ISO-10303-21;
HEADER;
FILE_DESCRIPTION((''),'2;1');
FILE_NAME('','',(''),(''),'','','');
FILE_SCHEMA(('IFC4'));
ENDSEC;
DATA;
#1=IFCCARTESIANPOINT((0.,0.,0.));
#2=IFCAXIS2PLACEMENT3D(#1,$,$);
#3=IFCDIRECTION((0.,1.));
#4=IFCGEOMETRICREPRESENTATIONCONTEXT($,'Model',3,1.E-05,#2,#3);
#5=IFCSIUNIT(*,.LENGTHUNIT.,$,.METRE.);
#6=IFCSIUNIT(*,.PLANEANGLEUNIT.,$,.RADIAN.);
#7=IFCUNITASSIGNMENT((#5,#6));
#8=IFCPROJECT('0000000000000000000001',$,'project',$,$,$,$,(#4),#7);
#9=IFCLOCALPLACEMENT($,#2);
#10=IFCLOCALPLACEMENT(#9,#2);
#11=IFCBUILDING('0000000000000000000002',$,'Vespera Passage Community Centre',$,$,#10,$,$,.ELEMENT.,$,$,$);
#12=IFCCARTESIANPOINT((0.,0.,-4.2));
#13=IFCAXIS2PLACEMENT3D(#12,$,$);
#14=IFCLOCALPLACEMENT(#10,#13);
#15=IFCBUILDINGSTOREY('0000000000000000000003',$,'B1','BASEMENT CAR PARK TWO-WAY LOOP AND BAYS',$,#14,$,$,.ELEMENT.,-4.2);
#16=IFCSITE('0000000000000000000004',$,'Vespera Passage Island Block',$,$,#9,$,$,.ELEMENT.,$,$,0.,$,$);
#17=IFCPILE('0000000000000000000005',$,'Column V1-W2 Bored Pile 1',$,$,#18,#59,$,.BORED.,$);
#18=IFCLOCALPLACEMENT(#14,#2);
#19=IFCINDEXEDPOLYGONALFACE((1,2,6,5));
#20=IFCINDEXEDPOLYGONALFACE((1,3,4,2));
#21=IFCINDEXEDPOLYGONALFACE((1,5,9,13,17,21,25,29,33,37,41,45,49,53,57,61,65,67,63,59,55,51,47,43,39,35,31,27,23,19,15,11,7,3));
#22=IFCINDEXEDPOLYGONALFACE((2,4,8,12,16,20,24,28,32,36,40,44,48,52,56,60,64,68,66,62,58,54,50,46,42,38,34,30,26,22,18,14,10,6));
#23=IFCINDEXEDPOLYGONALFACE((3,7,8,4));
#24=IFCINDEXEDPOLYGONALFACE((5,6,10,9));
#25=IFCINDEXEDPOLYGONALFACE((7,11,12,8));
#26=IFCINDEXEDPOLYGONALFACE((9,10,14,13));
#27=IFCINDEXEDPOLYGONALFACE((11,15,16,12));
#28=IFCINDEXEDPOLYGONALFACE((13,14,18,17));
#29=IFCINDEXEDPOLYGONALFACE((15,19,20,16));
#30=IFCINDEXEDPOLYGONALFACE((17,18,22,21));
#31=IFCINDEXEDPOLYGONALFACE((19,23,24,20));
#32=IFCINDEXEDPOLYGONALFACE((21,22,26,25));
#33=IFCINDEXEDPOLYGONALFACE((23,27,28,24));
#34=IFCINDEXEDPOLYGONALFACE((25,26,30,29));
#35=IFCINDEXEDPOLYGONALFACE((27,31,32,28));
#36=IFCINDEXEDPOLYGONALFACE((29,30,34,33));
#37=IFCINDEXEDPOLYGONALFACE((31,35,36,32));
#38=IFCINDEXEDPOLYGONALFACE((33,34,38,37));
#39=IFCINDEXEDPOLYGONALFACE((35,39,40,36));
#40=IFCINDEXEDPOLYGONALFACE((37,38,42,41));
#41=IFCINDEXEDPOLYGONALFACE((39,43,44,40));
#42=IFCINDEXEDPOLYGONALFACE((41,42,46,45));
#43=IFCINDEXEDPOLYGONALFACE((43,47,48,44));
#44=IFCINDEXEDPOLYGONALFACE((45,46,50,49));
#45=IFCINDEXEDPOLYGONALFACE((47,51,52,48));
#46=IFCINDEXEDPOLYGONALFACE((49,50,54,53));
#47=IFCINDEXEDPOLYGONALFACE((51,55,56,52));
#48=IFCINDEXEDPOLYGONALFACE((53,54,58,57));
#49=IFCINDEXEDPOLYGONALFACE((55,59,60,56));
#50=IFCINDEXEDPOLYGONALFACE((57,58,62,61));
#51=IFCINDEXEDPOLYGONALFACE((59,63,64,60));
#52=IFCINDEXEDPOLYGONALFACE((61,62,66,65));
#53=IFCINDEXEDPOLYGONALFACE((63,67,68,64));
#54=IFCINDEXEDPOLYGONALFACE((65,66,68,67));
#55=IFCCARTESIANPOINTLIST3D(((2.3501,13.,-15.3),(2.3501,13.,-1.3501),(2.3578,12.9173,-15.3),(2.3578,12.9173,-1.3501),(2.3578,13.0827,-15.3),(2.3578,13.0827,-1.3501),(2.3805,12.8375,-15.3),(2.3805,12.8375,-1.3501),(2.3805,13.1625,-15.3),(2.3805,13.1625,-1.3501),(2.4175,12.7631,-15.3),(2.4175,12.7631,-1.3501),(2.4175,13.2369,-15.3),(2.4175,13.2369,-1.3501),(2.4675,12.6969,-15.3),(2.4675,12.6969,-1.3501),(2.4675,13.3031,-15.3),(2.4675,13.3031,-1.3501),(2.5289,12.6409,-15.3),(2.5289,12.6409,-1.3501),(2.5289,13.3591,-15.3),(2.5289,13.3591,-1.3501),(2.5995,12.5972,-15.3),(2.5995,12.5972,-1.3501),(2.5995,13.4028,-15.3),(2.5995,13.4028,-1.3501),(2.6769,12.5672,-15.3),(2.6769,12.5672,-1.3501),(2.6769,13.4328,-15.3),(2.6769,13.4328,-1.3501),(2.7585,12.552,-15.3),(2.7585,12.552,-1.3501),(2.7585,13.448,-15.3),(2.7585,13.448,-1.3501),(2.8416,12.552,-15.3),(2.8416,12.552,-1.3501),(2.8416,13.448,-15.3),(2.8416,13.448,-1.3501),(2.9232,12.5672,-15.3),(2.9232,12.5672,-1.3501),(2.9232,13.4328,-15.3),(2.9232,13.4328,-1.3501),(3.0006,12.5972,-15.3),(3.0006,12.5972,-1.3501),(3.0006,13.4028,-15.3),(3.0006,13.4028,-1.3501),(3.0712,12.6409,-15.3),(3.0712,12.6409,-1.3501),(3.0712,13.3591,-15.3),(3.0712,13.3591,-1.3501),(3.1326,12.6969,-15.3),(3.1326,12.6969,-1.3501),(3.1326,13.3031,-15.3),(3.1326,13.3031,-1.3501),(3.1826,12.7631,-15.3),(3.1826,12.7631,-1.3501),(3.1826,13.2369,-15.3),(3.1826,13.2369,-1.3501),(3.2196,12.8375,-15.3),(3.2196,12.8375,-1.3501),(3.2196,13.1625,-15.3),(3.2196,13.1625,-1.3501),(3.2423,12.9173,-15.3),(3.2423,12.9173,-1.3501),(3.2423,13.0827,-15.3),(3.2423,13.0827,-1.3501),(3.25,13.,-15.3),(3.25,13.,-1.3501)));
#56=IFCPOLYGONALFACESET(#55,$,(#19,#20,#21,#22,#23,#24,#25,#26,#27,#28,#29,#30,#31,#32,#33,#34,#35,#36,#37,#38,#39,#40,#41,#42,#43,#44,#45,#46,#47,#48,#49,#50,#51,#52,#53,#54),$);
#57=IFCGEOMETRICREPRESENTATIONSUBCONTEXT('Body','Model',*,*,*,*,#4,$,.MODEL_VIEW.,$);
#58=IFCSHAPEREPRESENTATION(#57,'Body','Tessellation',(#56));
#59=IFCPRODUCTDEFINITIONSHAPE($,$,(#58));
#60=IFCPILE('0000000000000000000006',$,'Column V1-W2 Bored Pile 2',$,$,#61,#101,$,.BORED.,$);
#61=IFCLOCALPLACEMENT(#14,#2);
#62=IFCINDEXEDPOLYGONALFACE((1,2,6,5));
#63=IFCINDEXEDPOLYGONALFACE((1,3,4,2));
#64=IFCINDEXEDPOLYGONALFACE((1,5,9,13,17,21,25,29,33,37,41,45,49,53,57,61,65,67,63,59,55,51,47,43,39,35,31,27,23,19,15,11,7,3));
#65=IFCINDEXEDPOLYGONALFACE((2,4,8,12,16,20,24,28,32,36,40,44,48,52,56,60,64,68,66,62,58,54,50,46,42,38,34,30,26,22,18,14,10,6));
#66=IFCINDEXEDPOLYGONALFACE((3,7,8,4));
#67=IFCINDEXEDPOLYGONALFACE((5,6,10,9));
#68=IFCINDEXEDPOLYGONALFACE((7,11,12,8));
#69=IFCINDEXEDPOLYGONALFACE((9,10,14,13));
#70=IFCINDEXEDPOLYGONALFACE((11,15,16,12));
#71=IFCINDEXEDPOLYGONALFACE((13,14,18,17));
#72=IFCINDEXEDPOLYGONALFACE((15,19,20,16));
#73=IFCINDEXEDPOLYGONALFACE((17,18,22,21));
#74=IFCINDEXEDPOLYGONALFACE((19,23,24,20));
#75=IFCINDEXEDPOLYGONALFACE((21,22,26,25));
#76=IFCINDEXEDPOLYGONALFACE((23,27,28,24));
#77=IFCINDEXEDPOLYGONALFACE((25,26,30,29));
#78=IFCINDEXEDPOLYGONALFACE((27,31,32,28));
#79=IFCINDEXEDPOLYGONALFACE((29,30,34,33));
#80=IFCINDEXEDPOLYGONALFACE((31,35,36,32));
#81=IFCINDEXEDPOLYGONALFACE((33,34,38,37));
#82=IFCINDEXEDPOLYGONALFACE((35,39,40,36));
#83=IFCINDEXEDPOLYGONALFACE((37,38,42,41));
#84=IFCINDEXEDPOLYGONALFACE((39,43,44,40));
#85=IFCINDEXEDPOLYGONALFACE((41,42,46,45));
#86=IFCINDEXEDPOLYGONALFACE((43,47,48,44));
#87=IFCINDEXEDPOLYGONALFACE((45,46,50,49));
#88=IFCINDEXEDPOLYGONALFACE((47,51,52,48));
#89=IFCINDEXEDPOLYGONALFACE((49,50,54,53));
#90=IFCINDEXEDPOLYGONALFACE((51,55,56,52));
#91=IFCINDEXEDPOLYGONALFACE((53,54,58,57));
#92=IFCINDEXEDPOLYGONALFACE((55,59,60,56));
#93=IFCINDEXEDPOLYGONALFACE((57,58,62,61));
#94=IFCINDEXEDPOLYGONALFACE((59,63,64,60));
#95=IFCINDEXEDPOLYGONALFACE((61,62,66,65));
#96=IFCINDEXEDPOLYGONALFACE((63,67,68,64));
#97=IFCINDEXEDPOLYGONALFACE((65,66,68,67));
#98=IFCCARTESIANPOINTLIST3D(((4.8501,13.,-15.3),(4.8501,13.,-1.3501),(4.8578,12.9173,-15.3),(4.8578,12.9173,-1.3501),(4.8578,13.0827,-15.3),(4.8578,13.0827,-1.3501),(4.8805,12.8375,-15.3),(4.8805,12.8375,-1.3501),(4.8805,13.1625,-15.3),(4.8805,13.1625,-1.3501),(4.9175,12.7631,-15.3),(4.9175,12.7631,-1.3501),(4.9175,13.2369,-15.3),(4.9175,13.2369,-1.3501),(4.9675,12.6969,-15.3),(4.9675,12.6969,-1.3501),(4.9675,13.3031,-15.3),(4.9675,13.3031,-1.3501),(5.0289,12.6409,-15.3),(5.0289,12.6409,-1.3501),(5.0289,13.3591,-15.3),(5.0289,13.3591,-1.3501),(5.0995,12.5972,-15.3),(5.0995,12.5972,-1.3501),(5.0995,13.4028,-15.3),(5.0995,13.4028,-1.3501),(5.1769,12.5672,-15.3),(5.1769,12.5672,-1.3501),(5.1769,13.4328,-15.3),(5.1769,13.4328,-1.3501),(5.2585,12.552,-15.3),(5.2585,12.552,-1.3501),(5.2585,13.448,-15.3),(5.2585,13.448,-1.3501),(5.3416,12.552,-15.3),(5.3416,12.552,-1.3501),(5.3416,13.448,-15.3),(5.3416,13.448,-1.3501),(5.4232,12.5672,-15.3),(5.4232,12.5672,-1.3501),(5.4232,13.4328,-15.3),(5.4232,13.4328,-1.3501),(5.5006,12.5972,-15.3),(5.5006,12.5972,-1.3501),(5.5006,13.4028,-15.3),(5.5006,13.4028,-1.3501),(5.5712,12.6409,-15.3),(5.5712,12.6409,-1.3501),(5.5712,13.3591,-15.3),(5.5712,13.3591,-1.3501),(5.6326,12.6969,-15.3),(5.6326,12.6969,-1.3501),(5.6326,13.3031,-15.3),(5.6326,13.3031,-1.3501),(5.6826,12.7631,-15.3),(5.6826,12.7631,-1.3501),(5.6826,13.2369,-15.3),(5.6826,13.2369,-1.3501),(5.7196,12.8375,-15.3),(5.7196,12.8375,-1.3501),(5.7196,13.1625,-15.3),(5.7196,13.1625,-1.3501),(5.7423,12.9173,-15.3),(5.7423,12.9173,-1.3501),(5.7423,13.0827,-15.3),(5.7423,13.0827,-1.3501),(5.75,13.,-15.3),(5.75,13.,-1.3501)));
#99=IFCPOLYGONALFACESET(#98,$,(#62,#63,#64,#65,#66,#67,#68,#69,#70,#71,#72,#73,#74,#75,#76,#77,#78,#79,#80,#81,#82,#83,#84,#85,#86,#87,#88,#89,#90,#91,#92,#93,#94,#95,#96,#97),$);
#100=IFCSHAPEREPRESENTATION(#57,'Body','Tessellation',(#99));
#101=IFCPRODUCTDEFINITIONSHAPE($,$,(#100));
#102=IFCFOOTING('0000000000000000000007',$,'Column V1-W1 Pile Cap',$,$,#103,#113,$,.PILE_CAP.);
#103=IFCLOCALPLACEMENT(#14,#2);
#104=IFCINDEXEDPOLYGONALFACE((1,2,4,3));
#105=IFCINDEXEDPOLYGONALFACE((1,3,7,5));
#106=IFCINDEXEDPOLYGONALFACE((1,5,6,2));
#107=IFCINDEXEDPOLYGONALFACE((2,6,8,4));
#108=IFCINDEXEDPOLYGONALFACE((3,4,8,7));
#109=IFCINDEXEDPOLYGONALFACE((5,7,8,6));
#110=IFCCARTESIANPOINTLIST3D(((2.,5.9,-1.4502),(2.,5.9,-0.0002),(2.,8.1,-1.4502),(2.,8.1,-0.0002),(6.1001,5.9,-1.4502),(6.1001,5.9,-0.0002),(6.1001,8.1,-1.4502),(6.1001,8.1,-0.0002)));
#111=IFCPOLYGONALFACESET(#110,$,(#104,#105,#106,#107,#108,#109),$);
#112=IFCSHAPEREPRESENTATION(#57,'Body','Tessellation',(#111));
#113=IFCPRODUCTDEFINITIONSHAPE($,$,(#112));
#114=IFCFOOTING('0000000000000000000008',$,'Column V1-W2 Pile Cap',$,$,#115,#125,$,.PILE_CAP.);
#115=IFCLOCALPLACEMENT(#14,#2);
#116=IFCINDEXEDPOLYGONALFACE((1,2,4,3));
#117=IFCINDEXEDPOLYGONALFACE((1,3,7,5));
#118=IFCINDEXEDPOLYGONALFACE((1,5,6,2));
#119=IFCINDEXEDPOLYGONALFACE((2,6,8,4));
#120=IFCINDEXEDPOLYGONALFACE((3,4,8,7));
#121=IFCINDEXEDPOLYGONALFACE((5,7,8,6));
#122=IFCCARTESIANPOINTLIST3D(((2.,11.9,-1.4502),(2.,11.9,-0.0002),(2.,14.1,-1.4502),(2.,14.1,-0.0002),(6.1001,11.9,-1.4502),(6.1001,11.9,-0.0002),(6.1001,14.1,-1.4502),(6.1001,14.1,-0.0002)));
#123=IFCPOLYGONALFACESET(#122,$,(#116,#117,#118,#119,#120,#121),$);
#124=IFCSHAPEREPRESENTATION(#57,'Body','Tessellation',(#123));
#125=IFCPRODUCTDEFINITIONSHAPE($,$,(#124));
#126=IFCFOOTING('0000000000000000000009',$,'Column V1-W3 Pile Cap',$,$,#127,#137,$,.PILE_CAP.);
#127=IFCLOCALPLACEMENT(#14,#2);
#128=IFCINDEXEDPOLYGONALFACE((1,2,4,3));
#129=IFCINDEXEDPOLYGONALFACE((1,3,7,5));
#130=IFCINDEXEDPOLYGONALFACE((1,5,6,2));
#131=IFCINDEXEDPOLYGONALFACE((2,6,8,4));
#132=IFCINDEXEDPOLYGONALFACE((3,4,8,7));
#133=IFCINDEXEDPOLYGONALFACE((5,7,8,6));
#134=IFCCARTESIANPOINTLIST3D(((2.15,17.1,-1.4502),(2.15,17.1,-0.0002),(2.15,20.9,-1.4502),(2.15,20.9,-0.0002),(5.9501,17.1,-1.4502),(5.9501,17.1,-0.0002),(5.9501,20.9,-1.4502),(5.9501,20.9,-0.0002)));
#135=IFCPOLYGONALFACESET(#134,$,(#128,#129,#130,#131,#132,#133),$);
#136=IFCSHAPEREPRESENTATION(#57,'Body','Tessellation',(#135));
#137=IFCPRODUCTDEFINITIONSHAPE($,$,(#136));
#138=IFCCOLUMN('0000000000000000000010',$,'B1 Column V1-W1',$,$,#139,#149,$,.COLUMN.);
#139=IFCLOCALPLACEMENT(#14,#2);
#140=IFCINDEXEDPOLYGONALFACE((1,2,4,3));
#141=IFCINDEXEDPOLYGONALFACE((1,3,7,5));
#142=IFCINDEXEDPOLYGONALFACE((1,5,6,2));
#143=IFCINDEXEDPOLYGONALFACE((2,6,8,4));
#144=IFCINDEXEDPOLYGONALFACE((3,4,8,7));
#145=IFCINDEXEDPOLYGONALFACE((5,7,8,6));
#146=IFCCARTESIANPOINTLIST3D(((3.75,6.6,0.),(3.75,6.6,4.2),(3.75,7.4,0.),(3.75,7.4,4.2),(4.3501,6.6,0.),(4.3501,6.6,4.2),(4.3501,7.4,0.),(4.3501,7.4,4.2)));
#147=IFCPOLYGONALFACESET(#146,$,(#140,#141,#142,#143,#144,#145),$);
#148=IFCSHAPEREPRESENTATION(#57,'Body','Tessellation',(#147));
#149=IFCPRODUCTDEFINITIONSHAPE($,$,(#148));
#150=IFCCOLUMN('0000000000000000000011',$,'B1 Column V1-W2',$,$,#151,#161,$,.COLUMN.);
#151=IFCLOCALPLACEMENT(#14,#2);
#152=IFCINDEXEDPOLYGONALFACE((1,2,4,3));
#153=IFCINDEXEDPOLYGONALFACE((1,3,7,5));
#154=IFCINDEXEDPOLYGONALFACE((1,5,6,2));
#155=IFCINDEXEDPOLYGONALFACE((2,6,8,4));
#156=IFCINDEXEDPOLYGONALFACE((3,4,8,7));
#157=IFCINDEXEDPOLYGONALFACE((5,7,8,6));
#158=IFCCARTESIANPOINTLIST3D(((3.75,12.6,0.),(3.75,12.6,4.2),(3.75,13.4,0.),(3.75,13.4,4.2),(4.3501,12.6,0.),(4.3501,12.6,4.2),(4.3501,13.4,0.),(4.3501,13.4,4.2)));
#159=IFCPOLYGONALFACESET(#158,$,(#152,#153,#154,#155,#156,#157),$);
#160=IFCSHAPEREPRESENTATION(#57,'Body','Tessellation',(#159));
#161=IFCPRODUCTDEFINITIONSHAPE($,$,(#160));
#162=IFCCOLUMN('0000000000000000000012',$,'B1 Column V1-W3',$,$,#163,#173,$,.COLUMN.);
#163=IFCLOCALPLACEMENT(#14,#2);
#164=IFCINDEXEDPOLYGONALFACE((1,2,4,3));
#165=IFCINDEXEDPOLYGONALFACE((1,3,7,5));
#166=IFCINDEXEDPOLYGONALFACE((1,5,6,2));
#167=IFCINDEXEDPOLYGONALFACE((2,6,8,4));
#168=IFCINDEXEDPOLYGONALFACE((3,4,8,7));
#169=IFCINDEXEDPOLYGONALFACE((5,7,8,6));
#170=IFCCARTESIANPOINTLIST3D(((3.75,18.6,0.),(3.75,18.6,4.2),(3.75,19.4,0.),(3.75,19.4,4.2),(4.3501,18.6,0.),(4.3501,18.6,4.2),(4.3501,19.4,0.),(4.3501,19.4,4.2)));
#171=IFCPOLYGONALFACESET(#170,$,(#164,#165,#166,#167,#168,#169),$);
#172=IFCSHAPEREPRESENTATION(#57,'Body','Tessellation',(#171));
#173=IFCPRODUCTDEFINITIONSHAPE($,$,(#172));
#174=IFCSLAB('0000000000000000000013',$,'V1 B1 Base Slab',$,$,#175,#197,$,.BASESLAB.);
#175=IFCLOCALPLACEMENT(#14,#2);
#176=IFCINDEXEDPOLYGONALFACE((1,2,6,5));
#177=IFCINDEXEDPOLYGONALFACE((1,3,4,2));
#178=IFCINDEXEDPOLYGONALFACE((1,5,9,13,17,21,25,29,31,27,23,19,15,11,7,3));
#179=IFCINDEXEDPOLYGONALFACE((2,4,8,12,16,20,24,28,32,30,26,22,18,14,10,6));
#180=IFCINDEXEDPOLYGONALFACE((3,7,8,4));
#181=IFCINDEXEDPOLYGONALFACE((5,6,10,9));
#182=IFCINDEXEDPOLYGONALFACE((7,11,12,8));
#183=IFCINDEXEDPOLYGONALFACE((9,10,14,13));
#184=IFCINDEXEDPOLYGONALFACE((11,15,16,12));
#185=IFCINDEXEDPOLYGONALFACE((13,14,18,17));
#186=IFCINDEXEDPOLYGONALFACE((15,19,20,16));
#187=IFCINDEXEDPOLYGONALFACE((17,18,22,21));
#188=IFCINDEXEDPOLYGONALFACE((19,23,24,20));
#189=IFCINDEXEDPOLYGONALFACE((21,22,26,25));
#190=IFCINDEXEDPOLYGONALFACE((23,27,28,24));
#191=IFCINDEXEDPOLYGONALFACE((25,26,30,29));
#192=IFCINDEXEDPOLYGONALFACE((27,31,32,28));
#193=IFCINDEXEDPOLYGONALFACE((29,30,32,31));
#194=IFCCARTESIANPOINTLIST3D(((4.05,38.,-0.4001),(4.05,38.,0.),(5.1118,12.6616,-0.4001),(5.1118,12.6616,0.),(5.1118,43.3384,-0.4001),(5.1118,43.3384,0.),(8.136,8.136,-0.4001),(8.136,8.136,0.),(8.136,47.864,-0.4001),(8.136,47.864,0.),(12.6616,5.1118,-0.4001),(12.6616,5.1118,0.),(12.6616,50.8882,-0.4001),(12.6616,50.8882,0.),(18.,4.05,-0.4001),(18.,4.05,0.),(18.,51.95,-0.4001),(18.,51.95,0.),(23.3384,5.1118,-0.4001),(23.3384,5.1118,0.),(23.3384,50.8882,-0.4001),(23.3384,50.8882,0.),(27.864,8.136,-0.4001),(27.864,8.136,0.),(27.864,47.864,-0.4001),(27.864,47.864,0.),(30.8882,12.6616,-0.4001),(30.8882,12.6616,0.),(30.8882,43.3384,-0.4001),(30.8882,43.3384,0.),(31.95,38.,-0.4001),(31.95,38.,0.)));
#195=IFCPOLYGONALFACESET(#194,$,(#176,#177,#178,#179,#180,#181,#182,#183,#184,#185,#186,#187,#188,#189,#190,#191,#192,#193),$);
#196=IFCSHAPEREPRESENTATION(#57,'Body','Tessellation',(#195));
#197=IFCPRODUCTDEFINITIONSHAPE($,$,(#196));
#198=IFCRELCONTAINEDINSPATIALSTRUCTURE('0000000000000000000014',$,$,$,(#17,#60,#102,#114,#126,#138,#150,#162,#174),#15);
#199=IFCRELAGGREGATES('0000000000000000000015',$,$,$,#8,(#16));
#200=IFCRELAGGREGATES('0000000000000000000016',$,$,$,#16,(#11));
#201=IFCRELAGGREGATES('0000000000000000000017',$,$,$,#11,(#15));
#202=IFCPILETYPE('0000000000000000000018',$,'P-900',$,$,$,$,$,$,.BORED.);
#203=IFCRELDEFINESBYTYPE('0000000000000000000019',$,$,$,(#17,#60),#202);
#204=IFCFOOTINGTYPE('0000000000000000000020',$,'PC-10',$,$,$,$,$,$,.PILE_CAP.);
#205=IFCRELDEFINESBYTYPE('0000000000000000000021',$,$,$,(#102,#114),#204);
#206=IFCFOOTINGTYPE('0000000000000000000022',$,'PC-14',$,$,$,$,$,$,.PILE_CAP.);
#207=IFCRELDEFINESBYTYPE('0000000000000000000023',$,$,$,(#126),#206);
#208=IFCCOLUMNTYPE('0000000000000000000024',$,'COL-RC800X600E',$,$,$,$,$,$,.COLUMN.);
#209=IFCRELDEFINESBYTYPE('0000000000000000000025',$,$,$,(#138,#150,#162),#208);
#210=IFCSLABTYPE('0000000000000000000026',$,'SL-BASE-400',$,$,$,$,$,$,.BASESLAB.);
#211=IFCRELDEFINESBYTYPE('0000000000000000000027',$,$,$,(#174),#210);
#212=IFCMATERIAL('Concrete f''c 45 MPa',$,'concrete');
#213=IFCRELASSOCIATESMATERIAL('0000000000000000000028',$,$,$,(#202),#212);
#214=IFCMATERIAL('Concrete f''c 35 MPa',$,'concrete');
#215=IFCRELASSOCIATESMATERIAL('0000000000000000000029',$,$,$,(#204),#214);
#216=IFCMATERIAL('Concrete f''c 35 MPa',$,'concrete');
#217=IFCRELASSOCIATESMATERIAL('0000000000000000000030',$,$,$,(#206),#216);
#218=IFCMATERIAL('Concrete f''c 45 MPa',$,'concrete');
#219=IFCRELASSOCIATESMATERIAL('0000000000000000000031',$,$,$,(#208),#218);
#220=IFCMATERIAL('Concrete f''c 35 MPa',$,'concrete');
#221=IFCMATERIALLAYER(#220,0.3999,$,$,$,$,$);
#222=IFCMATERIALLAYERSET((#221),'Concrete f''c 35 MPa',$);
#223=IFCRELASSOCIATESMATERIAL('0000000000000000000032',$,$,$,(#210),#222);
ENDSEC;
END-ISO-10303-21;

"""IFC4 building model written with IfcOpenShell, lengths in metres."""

from ifc_helpers import new_model, si_unit, direction, frame, origin, origin_2d, place, context, subcontext, project, spatial, polyline, rectangle, circle, outline, extrude, material, layer, layer_set, material_profile, profile_set, type_object, element, save


model = new_model("IFC4")

# Units and contexts
model_context = context("Model", 3, precision=1e-05, world=origin(), true_north=direction((0.0, 1.0)))
body_context = subcontext(model_context, "Body", "Model", "MODEL_VIEW")
ifc_project = project(units=[si_unit("LENGTHUNIT", "METRE"), si_unit("PLANEANGLEUNIT", "RADIAN")], contexts=[model_context])

# Site, building, storey
site_placement = place(None, origin())
site = spatial("IfcSite", under=ifc_project, at=site_placement, Name="Vespera Passage Island Block", CompositionType="ELEMENT", RefElevation=0.0)
building_placement = place(site_placement, origin())
building = spatial("IfcBuilding", under=site, at=building_placement, Name="Vespera Passage Community Centre", CompositionType="ELEMENT")
storey_placement = place(building_placement, frame((0.0, 0.0, -4.2)))
storey = spatial("IfcBuildingStorey", under=building, at=storey_placement, Name="B1", Description="BASEMENT CAR PARK TWO-WAY LOOP AND BAYS", CompositionType="ELEMENT", Elevation=-4.2)

# Piles
ifc_material_1 = material(Name="Concrete f'c 45 MPa", Category="concrete")
ifc_material_profile_1 = material_profile(ifc_material_1, circle(Radius=0.45, at=origin_2d()), Name="PILE900DIA")
ifc_profile_set_1 = profile_set([ifc_material_profile_1], Name="Concrete f'c 45 MPa")
pile_type_1 = type_object("IfcPileType", Name="P-900", PredefinedType="BORED", material=ifc_profile_set_1)
for number, where, z_axis, x_axis, name in (
    (1, (2.8, 13.0, -1.3501), (0.0, 0.0, -1.0), (1.0, 0.0, 0.0), "Column V1-W2 Bored Pile 1"),
    (2, (5.3, 13.0, -1.3501), (0.0, 0.0, -1.0), (1.0, 0.0, 0.0), "Column V1-W2 Bored Pile 2"),
):
    element("IfcPile", number, at=place(storey_placement, frame(where, z_axis=z_axis, x_axis=x_axis)), inside=storey, type_object=pile_type_1, Name=name, PredefinedType="BORED", context=body_context, shape_type="SweptSolid", body=[
        extrude(circle(Radius=0.45, at=origin_2d()), origin(), (0.0, 0.0, 1.0), 13.95),
    ])

# Footings
ifc_material_2 = material(Name="Concrete f'c 35 MPa", Category="concrete")
footing_type_1 = type_object("IfcFootingType", Name="PC-10", PredefinedType="PILE_CAP", material=ifc_material_2)
for number, where, z_axis, x_axis, name in (
    (3, (4.05, 7.0, -1.4502), (0.0, 0.0, 1.0), (1.0, 0.0, 0.0), "Column V1-W1 Pile Cap"),
    (4, (4.05, 13.0, -1.4502), (0.0, 0.0, 1.0), (1.0, 0.0, 0.0), "Column V1-W2 Pile Cap"),
):
    element("IfcFooting", number, at=place(storey_placement, frame(where, z_axis=z_axis, x_axis=x_axis)), inside=storey, type_object=footing_type_1, Name=name, PredefinedType="PILE_CAP", context=body_context, shape_type="SweptSolid", body=[
        extrude(rectangle(XDim=4.1001, YDim=2.2, at=origin_2d()), origin(), (0.0, 0.0, 1.0), 1.45),
    ])
ifc_material_3 = material(Name="Concrete f'c 35 MPa", Category="concrete")
footing_type_2 = type_object("IfcFootingType", Name="PC-14", PredefinedType="PILE_CAP", material=ifc_material_3)
footing_1_placement = place(storey_placement, frame((4.05, 19.0, -1.4502), z_axis=(0.0, 0.0, 1.0), x_axis=(1.0, 0.0, 0.0)))
element("IfcFooting", 5, at=footing_1_placement, inside=storey, type_object=footing_type_2, Name="Column V1-W3 Pile Cap", PredefinedType="PILE_CAP", context=body_context, shape_type="SweptSolid", body=[
    extrude(rectangle(XDim=3.8, YDim=3.8, at=origin_2d()), origin(), (0.0, 0.0, 1.0), 1.45),
])

# Columns
ifc_material_4 = material(Name="Concrete f'c 45 MPa", Category="concrete")
ifc_material_profile_2 = material_profile(ifc_material_4, rectangle(XDim=0.6001, YDim=0.8, at=origin_2d()), Name="RC800X600")
ifc_profile_set_2 = profile_set([ifc_material_profile_2], Name="Concrete f'c 45 MPa")
column_type = type_object("IfcColumnType", Name="COL-RC800X600E", PredefinedType="COLUMN", material=ifc_profile_set_2)
for number, where, z_axis, x_axis, name in (
    (6, (4.05, 7.0, 0.0), (0.0, 0.0, 1.0), (1.0, 0.0, 0.0), "B1 Column V1-W1"),
    (7, (4.05, 13.0, 0.0), (0.0, 0.0, 1.0), (1.0, 0.0, 0.0), "B1 Column V1-W2"),
    (8, (4.05, 19.0, 0.0), (0.0, 0.0, 1.0), (1.0, 0.0, 0.0), "B1 Column V1-W3"),
):
    element("IfcColumn", number, at=place(storey_placement, frame(where, z_axis=z_axis, x_axis=x_axis)), inside=storey, type_object=column_type, Name=name, PredefinedType="COLUMN", context=body_context, shape_type="SweptSolid", body=[
        extrude(rectangle(XDim=0.6001, YDim=0.8, at=origin_2d()), origin(), (0.0, 0.0, 1.0), 4.2),
    ])

# Slab
ifc_material_5 = material(Name="Concrete f'c 35 MPa", Category="concrete")
ifc_layer_1 = layer(ifc_material_5, 0.3999)
ifc_layer_set_1 = layer_set([ifc_layer_1], Name="Concrete f'c 35 MPa")
slab_type_1 = type_object("IfcSlabType", Name="SL-BASE-400", PredefinedType="BASESLAB", material=ifc_layer_set_1)
slab_1_placement = place(storey_placement, frame((0.0, 0.0, -0.4001)))
element("IfcSlab", 9, at=slab_1_placement, inside=storey, type_object=slab_type_1, Name="V1 B1 Base Slab", PredefinedType="BASESLAB", context=body_context, shape_type="SweptSolid", body=[
    extrude(outline(polyline([(31.95, 38.0), (30.8882, 43.3384), (27.864, 47.864), (23.3384, 50.8882), (18.0, 51.95), (12.6616, 50.8882), (8.136, 47.864), (5.1118, 43.3384), (4.05, 38.0), (5.1118, 12.6616), (8.136, 8.136), (12.6616, 5.1118), (18.0, 4.05), (23.3384, 5.1118), (27.864, 8.136), (30.8882, 12.6616), (31.95, 38.0)])), origin(), (0.0, 0.0, 1.0), 0.4001),
])

save(model, "model.ifc")
